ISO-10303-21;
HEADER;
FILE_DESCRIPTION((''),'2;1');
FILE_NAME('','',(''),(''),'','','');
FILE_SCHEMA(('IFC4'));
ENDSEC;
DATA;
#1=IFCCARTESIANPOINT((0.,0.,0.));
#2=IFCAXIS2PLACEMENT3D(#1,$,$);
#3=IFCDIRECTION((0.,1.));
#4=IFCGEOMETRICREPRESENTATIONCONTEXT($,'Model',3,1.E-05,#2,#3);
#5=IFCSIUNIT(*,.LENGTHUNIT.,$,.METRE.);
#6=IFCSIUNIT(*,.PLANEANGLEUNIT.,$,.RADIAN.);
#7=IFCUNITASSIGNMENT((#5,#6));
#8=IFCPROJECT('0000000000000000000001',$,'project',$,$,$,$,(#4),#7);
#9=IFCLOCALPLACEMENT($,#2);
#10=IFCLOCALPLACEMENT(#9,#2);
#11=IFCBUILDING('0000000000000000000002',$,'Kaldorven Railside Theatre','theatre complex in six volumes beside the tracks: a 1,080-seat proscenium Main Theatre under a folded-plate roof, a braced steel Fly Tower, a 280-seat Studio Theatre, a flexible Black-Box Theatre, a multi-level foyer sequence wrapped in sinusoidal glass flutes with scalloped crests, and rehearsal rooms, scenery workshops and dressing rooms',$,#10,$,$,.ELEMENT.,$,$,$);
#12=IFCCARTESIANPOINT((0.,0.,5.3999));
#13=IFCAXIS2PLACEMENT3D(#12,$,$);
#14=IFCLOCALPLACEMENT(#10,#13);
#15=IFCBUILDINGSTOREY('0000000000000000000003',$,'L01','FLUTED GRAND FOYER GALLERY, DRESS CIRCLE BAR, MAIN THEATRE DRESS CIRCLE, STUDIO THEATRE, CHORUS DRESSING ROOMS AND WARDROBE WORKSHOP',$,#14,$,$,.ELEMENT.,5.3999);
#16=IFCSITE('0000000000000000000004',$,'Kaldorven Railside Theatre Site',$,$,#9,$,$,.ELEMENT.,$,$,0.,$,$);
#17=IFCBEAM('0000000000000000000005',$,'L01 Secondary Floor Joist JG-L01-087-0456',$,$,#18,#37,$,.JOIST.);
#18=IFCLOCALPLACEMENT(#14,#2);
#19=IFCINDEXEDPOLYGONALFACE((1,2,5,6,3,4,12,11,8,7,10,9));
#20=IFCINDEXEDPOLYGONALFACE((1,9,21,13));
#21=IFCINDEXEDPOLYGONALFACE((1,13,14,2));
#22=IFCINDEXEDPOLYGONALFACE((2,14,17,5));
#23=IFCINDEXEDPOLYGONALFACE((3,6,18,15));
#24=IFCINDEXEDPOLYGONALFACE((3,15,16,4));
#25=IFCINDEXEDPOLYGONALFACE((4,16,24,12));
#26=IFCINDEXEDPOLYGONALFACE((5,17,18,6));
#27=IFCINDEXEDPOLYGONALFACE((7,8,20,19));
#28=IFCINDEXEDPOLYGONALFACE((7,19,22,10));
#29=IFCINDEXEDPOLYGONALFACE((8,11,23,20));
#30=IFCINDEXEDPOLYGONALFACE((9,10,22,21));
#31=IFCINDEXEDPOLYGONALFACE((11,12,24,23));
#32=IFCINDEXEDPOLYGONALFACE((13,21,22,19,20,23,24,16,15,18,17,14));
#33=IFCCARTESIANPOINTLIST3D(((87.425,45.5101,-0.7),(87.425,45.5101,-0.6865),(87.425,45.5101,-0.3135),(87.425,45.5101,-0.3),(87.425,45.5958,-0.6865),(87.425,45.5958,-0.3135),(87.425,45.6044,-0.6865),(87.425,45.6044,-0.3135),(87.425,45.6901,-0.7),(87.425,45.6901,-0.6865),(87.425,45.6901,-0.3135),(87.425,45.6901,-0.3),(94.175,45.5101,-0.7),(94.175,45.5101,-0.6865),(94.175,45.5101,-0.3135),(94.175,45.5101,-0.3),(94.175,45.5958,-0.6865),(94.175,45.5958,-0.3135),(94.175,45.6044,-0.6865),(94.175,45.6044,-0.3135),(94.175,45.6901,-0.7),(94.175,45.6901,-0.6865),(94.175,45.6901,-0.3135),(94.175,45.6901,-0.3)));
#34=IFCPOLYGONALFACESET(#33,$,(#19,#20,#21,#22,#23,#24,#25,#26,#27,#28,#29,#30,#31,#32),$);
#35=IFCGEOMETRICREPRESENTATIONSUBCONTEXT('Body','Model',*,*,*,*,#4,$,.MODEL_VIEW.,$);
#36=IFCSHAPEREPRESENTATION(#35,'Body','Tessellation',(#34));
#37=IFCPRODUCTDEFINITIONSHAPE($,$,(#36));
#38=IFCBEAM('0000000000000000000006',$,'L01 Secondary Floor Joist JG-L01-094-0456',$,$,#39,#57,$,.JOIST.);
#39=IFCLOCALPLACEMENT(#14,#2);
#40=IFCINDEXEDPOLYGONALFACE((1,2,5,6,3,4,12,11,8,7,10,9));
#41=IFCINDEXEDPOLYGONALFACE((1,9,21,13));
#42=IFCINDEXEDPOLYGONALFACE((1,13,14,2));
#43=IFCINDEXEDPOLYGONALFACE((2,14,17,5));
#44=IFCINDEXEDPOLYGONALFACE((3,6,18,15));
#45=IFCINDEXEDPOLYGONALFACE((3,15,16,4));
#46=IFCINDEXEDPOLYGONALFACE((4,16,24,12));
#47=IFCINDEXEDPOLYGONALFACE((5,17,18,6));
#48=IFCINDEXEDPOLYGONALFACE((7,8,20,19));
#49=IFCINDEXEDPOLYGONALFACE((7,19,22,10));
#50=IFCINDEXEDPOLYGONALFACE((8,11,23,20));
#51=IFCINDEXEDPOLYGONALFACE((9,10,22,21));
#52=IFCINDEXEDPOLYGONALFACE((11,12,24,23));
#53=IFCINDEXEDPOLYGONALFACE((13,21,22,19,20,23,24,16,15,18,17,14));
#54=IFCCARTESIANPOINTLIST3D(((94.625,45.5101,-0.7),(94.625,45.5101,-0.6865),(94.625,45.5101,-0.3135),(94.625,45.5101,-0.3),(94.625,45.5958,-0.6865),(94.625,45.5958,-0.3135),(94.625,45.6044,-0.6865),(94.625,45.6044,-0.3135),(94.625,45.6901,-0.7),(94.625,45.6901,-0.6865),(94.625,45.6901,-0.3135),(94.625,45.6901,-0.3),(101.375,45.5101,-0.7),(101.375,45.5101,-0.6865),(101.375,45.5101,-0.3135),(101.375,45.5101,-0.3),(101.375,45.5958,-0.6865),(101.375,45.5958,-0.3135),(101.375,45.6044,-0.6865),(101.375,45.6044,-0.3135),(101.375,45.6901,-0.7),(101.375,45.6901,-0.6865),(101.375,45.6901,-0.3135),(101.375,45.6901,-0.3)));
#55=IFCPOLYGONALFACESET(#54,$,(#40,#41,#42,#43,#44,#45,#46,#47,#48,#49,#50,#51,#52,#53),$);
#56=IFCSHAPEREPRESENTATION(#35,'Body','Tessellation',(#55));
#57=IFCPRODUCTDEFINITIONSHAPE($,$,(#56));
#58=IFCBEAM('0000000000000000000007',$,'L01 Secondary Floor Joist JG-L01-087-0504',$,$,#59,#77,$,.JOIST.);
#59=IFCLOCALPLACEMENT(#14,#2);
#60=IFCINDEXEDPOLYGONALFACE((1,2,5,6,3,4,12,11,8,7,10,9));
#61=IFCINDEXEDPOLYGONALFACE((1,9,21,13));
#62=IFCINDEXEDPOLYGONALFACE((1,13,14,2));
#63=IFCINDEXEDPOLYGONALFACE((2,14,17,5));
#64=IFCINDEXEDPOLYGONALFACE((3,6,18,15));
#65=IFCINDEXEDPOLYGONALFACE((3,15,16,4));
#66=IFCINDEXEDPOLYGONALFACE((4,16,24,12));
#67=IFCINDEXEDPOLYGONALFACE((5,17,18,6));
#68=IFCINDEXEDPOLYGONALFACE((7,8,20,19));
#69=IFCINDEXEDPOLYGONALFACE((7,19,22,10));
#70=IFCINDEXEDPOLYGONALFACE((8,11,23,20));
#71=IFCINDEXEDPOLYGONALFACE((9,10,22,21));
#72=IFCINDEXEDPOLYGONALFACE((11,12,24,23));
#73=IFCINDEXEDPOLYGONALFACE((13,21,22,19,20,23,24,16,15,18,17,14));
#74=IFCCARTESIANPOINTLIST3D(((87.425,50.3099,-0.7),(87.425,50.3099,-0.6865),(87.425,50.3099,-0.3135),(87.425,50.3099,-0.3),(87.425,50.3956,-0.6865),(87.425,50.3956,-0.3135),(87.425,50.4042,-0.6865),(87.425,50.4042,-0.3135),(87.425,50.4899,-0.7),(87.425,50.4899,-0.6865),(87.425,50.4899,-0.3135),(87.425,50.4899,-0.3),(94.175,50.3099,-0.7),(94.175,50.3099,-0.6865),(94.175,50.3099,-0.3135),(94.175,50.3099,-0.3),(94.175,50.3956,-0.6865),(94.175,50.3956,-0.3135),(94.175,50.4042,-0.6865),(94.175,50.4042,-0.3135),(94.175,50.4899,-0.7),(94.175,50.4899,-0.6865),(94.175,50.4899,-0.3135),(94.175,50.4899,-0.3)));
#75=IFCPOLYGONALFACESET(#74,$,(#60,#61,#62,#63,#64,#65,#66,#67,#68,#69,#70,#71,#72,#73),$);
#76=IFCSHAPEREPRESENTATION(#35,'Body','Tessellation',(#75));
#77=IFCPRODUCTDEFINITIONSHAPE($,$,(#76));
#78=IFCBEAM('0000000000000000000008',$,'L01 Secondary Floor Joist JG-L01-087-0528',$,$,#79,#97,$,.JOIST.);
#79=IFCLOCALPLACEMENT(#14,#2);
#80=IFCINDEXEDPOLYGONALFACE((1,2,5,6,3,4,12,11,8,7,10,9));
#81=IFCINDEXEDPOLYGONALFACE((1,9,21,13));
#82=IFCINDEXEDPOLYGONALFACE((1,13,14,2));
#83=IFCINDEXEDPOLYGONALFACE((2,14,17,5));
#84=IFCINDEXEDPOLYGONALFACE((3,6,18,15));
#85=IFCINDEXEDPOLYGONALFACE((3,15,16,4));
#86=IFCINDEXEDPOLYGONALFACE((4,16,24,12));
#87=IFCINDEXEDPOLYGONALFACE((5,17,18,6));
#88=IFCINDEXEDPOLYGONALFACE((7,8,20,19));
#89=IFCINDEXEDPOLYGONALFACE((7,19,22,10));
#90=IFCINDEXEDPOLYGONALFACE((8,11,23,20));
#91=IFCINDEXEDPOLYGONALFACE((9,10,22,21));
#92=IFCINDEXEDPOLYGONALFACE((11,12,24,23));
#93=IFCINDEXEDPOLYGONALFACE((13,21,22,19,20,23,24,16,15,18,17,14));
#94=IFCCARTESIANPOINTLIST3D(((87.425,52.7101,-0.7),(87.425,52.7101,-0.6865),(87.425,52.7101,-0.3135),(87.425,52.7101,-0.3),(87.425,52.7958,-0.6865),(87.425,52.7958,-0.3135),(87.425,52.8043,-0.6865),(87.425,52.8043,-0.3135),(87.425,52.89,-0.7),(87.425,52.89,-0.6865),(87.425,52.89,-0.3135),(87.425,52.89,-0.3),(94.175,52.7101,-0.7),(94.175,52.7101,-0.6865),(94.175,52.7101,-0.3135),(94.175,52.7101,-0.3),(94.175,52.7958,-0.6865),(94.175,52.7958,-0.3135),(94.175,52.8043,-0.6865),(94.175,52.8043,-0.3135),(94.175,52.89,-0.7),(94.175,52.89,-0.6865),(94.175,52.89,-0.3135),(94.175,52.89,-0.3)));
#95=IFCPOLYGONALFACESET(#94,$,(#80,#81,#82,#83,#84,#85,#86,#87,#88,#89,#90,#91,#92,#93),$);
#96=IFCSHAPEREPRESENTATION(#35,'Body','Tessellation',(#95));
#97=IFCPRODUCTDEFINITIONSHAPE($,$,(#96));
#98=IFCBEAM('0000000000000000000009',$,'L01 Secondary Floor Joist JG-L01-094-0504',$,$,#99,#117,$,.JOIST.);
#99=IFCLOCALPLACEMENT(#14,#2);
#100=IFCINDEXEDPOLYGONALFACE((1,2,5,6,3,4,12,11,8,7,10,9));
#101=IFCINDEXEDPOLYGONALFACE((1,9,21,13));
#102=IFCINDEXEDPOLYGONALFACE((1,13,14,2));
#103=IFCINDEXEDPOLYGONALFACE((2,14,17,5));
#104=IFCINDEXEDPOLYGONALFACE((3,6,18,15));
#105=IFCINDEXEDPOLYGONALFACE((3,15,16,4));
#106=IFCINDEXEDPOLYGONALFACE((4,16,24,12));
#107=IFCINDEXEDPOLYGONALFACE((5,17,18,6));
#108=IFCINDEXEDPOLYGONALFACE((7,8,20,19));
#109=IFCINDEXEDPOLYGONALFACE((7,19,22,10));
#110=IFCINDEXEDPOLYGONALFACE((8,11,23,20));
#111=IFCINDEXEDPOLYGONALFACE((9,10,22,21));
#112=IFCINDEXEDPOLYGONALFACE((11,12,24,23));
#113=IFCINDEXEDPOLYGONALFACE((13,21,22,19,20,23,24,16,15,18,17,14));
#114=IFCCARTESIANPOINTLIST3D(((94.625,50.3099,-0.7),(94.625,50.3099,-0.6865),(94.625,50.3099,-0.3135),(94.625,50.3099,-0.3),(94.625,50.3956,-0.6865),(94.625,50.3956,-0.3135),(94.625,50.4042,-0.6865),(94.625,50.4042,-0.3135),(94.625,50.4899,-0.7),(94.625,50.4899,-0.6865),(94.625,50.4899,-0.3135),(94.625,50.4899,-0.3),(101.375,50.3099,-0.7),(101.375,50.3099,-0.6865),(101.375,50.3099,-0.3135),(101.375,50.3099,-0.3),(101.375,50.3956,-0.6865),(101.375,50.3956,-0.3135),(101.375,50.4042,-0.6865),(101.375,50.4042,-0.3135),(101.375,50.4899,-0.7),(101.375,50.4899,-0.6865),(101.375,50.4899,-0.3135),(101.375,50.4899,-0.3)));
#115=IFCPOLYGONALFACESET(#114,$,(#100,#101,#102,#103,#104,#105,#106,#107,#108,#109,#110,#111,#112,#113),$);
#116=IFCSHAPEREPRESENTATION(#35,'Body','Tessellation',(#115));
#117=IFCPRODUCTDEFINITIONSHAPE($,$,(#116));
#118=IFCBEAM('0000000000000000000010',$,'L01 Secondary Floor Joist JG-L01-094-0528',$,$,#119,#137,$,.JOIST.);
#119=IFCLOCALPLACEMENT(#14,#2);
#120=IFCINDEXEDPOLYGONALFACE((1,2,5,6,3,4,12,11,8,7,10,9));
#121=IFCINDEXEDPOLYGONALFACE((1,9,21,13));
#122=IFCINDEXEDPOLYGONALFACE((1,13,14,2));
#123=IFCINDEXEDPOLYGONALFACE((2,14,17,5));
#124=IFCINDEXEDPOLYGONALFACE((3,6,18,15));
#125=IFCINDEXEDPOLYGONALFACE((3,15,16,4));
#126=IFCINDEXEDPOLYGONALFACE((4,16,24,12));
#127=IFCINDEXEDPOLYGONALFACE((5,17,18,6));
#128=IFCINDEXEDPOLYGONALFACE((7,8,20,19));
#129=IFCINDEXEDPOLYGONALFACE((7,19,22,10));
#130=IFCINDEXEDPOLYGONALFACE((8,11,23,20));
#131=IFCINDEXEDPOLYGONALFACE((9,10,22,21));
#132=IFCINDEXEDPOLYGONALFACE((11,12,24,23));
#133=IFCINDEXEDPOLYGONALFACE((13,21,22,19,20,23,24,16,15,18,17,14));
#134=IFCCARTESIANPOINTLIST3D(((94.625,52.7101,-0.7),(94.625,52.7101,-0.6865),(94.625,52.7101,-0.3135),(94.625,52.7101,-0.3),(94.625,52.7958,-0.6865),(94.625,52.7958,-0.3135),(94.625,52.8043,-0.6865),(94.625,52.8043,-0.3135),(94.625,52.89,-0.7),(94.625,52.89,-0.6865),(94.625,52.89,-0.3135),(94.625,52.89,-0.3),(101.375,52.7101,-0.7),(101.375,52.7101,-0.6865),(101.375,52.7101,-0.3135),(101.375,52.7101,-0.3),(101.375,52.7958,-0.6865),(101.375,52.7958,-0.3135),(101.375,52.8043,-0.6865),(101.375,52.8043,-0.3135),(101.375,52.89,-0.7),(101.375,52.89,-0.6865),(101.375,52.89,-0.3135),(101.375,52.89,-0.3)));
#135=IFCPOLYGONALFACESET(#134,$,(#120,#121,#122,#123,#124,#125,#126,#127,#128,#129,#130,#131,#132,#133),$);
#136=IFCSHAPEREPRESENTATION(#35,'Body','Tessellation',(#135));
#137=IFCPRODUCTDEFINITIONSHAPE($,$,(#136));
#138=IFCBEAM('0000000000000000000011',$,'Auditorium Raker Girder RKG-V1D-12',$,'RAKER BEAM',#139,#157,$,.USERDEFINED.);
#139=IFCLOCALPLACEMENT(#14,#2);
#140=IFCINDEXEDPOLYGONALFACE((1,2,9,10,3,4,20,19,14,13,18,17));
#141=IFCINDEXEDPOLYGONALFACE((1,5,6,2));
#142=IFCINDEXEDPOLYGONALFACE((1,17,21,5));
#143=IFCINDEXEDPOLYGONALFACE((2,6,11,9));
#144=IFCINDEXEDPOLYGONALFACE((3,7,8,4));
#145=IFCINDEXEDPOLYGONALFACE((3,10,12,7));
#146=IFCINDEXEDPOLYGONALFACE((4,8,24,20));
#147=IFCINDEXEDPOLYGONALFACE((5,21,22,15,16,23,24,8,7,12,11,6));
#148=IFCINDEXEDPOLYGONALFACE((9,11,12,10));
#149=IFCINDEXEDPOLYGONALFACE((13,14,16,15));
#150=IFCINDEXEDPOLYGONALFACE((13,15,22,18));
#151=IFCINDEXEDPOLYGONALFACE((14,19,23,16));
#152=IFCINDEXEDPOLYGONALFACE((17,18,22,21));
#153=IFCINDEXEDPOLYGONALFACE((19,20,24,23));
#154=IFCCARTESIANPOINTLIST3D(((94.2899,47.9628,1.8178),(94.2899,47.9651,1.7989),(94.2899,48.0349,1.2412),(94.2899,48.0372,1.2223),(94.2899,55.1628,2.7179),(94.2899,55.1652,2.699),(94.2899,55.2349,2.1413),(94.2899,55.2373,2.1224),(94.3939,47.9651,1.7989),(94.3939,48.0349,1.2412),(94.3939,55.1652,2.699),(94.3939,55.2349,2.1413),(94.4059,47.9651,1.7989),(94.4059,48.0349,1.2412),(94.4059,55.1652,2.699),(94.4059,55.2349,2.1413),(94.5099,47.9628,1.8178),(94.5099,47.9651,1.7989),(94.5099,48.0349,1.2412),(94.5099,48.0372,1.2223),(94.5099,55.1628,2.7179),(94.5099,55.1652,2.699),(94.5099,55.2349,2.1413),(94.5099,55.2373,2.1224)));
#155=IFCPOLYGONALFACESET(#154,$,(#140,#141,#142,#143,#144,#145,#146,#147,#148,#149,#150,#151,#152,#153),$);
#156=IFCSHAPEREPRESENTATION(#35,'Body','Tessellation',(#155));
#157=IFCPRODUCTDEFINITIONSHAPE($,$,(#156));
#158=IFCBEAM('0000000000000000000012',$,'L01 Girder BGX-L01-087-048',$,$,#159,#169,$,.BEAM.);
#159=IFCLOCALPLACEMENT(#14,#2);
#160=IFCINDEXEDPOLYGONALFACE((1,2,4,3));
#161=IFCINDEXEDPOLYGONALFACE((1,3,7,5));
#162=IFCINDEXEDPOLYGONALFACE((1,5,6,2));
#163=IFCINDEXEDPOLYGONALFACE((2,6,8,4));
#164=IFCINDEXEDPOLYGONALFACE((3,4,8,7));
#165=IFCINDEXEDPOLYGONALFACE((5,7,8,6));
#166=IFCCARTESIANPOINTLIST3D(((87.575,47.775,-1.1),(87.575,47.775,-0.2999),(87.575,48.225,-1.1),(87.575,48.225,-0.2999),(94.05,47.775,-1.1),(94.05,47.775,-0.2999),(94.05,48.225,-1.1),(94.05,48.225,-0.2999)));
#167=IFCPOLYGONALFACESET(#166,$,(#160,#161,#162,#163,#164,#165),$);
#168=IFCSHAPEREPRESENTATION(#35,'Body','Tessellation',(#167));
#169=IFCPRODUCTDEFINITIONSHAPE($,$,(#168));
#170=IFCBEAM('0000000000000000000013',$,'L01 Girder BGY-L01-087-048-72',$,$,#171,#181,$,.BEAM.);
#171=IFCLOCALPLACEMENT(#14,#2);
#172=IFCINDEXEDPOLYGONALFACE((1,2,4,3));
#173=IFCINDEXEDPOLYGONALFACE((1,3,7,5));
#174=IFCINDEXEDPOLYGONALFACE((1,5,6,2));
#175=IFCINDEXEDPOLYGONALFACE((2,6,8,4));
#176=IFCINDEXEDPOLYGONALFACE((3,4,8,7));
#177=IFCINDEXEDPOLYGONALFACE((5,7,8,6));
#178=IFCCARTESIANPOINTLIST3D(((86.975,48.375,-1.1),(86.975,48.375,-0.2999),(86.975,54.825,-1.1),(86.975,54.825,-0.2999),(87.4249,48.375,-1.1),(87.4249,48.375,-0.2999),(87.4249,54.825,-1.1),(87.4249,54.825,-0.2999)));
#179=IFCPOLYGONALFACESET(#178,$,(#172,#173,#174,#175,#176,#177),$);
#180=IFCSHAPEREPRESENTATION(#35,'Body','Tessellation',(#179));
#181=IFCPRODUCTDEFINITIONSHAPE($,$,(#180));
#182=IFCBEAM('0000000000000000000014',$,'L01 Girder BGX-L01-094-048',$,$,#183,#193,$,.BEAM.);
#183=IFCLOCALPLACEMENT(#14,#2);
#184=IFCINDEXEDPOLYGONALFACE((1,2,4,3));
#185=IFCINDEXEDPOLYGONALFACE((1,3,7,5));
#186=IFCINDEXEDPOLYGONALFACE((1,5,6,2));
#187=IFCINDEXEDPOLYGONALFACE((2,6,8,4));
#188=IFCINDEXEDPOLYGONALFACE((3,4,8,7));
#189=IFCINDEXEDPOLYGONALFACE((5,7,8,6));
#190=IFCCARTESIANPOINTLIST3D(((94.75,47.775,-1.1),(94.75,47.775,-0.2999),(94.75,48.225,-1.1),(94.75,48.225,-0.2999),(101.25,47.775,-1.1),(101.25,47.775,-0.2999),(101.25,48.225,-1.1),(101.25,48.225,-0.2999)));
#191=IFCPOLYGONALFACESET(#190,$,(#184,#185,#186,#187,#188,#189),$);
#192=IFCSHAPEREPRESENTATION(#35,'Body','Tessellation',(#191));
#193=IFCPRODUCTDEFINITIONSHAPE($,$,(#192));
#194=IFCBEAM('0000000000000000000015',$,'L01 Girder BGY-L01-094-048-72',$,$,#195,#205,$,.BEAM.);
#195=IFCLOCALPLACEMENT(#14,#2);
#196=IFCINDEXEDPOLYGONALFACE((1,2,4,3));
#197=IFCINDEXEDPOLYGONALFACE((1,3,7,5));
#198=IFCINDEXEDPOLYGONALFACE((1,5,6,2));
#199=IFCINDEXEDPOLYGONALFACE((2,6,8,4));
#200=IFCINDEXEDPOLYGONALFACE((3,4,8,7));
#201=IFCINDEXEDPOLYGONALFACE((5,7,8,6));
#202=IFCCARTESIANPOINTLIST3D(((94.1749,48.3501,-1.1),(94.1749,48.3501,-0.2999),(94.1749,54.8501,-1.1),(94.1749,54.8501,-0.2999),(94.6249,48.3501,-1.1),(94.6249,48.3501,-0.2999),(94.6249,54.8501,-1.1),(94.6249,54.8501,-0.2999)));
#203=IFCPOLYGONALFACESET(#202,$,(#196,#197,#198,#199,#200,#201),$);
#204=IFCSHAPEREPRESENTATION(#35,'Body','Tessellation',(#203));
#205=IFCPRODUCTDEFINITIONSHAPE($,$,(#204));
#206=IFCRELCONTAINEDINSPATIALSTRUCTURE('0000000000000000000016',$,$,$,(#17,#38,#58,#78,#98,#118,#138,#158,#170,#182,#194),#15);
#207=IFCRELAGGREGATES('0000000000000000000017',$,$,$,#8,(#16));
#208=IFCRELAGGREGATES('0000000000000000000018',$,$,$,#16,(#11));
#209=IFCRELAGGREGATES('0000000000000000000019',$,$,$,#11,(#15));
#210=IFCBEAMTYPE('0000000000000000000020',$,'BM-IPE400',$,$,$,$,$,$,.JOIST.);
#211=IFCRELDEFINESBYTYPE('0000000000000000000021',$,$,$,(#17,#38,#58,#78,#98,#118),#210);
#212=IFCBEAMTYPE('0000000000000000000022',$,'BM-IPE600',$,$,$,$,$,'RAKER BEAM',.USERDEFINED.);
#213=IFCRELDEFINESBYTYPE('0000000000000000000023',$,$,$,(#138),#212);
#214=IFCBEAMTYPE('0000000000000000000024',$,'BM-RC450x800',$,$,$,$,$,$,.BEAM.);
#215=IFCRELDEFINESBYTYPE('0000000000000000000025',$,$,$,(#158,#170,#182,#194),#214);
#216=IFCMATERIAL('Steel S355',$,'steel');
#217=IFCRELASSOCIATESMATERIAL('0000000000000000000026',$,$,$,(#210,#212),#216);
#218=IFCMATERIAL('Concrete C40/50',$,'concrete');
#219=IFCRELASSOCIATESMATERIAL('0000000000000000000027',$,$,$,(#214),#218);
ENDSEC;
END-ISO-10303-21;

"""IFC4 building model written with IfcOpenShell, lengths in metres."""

from ifc_helpers import new_model, si_unit, direction, frame, origin, origin_2d, place, context, subcontext, project, spatial, rectangle, i_section, extrude, material, material_profile, profile_set, type_object, element, save


model = new_model("IFC4")

# Units and contexts
model_context = context("Model", 3, precision=1e-05, world=origin(), true_north=direction((0.0, 1.0)))
body_context = subcontext(model_context, "Body", "Model", "MODEL_VIEW")
ifc_project = project(units=[si_unit("LENGTHUNIT", "METRE"), si_unit("PLANEANGLEUNIT", "RADIAN")], contexts=[model_context])

# Site, building, storey
site_placement = place(None, origin())
site = spatial("IfcSite", under=ifc_project, at=site_placement, Name="Kaldorven Railside Theatre Site", CompositionType="ELEMENT", RefElevation=0.0)
building_placement = place(site_placement, origin())
building = spatial("IfcBuilding", under=site, at=building_placement, Name="Kaldorven Railside Theatre", Description="theatre complex in six volumes beside the tracks: a 1,080-seat proscenium Main Theatre under a folded-plate roof, a braced steel Fly Tower, a 280-seat Studio Theatre, a flexible Black-Box Theatre, a multi-level foyer sequence wrapped in sinusoidal glass flutes with scalloped crests, and rehearsal rooms, scenery workshops and dressing rooms", CompositionType="ELEMENT")
storey_placement = place(building_placement, frame((0.0, 0.0, 5.3999)))
storey = spatial("IfcBuildingStorey", under=building, at=storey_placement, Name="L01", Description="FLUTED GRAND FOYER GALLERY, DRESS CIRCLE BAR, MAIN THEATRE DRESS CIRCLE, STUDIO THEATRE, CHORUS DRESSING ROOMS AND WARDROBE WORKSHOP", CompositionType="ELEMENT", Elevation=5.3999)

# Shared definitions
ifc_material_1 = material(Name="Concrete C40/50", Category="concrete")

# Beams
ifc_material_2 = material(Name="Steel S355", Category="steel")
ifc_material_profile_1 = material_profile(ifc_material_2, i_section(OverallWidth=0.1799, OverallDepth=0.3999, WebThickness=0.0085, FlangeThickness=0.0134, at=origin_2d()), Name="IPE 400")
ifc_profile_set_1 = profile_set([ifc_material_profile_1], Name="Steel S355")
beam_type_1 = type_object("IfcBeamType", Name="BM-IPE400", PredefinedType="JOIST", material=ifc_profile_set_1)
for number, where, z_axis, x_axis, name in (
    (1, (87.425, 45.6001, -0.5), (1.0, 0.0, 0.0), (0.0, 1.0, 0.0), "L01 Secondary Floor Joist JG-L01-087-0456"),
    (2, (94.625, 45.6001, -0.5), (1.0, 0.0, 0.0), (0.0, 1.0, 0.0), "L01 Secondary Floor Joist JG-L01-094-0456"),
    (3, (87.425, 50.3999, -0.5), (1.0, 0.0, 0.0), (0.0, 1.0, 0.0), "L01 Secondary Floor Joist JG-L01-087-0504"),
    (4, (87.425, 52.8, -0.5), (1.0, 0.0, 0.0), (0.0, 1.0, 0.0), "L01 Secondary Floor Joist JG-L01-087-0528"),
    (5, (94.625, 50.3999, -0.5), (1.0, 0.0, 0.0), (0.0, 1.0, 0.0), "L01 Secondary Floor Joist JG-L01-094-0504"),
    (6, (94.625, 52.8, -0.5), (1.0, 0.0, 0.0), (0.0, 1.0, 0.0), "L01 Secondary Floor Joist JG-L01-094-0528"),
):
    element("IfcBeam", number, at=place(storey_placement, frame(where, z_axis=z_axis, x_axis=x_axis)), inside=storey, type_object=beam_type_1, Name=name, PredefinedType="JOIST", context=body_context, shape_type="SweptSolid", body=[
        extrude(i_section(OverallWidth=0.1799, OverallDepth=0.3999, WebThickness=0.0085, FlangeThickness=0.0134, at=origin_2d()), origin(), (0.0, 0.0, 1.0), 6.75),
    ])
ifc_material_profile_2 = material_profile(ifc_material_2, i_section(OverallWidth=0.22, OverallDepth=0.6001, WebThickness=0.012, FlangeThickness=0.019, at=origin_2d()), Name="IPE 600")
ifc_profile_set_2 = profile_set([ifc_material_profile_2], Name="Steel S355")
beam_type_2 = type_object("IfcBeamType", Name="BM-IPE600", ElementType="RAKER BEAM", PredefinedType="USERDEFINED", material=ifc_profile_set_2)
beam_1_placement = place(storey_placement, frame((94.3999, 48.0, 1.52), z_axis=(0.0, 0.992275, 0.124055), x_axis=(-1.0, 0.0, 0.0)))
element("IfcBeam", 7, at=beam_1_placement, inside=storey, type_object=beam_type_2, Name="Auditorium Raker Girder RKG-V1D-12", ObjectType="RAKER BEAM", PredefinedType="USERDEFINED", context=body_context, shape_type="SweptSolid", body=[
    extrude(i_section(OverallWidth=0.22, OverallDepth=0.6001, WebThickness=0.012, FlangeThickness=0.019, at=origin_2d()), origin(), (0.0, 0.0, 1.0), 7.2561),
])
ifc_material_profile_3 = material_profile(ifc_material_1, rectangle(XDim=0.45, YDim=0.8, at=origin_2d()), Name="RC 450x800")
ifc_profile_set_3 = profile_set([ifc_material_profile_3], Name="Concrete C40/50")
beam_type_3 = type_object("IfcBeamType", Name="BM-RC450x800", PredefinedType="BEAM", material=ifc_profile_set_3)
beam_2_placement = place(storey_placement, frame((87.575, 48.0, -0.7), z_axis=(1.0, 0.0, 0.0), x_axis=(0.0, 1.0, 0.0)))
element("IfcBeam", 8, at=beam_2_placement, inside=storey, type_object=beam_type_3, Name="L01 Girder BGX-L01-087-048", PredefinedType="BEAM", context=body_context, shape_type="SweptSolid", body=[
    extrude(rectangle(XDim=0.45, YDim=0.8, at=origin_2d()), origin(), (0.0, 0.0, 1.0), 6.4751),
])
beam_3_placement = place(storey_placement, frame((87.2, 48.375, -0.7), z_axis=(0.0, 1.0, 0.0), x_axis=(-1.0, 0.0, 0.0)))
element("IfcBeam", 9, at=beam_3_placement, inside=storey, type_object=beam_type_3, Name="L01 Girder BGY-L01-087-048-72", PredefinedType="BEAM", context=body_context, shape_type="SweptSolid", body=[
    extrude(rectangle(XDim=0.45, YDim=0.8, at=origin_2d()), origin(), (0.0, 0.0, 1.0), 6.45),
])
for number, where, z_axis, x_axis, name in (
    (10, (94.75, 48.0, -0.7), (1.0, 0.0, 0.0), (0.0, 1.0, 0.0), "L01 Girder BGX-L01-094-048"),
    (11, (94.3999, 48.3501, -0.7), (0.0, 1.0, 0.0), (-1.0, 0.0, 0.0), "L01 Girder BGY-L01-094-048-72"),
):
    element("IfcBeam", number, at=place(storey_placement, frame(where, z_axis=z_axis, x_axis=x_axis)), inside=storey, type_object=beam_type_3, Name=name, PredefinedType="BEAM", context=body_context, shape_type="SweptSolid", body=[
        extrude(rectangle(XDim=0.45, YDim=0.8, at=origin_2d()), origin(), (0.0, 0.0, 1.0), 6.5),
    ])

save(model, "model.ifc")
